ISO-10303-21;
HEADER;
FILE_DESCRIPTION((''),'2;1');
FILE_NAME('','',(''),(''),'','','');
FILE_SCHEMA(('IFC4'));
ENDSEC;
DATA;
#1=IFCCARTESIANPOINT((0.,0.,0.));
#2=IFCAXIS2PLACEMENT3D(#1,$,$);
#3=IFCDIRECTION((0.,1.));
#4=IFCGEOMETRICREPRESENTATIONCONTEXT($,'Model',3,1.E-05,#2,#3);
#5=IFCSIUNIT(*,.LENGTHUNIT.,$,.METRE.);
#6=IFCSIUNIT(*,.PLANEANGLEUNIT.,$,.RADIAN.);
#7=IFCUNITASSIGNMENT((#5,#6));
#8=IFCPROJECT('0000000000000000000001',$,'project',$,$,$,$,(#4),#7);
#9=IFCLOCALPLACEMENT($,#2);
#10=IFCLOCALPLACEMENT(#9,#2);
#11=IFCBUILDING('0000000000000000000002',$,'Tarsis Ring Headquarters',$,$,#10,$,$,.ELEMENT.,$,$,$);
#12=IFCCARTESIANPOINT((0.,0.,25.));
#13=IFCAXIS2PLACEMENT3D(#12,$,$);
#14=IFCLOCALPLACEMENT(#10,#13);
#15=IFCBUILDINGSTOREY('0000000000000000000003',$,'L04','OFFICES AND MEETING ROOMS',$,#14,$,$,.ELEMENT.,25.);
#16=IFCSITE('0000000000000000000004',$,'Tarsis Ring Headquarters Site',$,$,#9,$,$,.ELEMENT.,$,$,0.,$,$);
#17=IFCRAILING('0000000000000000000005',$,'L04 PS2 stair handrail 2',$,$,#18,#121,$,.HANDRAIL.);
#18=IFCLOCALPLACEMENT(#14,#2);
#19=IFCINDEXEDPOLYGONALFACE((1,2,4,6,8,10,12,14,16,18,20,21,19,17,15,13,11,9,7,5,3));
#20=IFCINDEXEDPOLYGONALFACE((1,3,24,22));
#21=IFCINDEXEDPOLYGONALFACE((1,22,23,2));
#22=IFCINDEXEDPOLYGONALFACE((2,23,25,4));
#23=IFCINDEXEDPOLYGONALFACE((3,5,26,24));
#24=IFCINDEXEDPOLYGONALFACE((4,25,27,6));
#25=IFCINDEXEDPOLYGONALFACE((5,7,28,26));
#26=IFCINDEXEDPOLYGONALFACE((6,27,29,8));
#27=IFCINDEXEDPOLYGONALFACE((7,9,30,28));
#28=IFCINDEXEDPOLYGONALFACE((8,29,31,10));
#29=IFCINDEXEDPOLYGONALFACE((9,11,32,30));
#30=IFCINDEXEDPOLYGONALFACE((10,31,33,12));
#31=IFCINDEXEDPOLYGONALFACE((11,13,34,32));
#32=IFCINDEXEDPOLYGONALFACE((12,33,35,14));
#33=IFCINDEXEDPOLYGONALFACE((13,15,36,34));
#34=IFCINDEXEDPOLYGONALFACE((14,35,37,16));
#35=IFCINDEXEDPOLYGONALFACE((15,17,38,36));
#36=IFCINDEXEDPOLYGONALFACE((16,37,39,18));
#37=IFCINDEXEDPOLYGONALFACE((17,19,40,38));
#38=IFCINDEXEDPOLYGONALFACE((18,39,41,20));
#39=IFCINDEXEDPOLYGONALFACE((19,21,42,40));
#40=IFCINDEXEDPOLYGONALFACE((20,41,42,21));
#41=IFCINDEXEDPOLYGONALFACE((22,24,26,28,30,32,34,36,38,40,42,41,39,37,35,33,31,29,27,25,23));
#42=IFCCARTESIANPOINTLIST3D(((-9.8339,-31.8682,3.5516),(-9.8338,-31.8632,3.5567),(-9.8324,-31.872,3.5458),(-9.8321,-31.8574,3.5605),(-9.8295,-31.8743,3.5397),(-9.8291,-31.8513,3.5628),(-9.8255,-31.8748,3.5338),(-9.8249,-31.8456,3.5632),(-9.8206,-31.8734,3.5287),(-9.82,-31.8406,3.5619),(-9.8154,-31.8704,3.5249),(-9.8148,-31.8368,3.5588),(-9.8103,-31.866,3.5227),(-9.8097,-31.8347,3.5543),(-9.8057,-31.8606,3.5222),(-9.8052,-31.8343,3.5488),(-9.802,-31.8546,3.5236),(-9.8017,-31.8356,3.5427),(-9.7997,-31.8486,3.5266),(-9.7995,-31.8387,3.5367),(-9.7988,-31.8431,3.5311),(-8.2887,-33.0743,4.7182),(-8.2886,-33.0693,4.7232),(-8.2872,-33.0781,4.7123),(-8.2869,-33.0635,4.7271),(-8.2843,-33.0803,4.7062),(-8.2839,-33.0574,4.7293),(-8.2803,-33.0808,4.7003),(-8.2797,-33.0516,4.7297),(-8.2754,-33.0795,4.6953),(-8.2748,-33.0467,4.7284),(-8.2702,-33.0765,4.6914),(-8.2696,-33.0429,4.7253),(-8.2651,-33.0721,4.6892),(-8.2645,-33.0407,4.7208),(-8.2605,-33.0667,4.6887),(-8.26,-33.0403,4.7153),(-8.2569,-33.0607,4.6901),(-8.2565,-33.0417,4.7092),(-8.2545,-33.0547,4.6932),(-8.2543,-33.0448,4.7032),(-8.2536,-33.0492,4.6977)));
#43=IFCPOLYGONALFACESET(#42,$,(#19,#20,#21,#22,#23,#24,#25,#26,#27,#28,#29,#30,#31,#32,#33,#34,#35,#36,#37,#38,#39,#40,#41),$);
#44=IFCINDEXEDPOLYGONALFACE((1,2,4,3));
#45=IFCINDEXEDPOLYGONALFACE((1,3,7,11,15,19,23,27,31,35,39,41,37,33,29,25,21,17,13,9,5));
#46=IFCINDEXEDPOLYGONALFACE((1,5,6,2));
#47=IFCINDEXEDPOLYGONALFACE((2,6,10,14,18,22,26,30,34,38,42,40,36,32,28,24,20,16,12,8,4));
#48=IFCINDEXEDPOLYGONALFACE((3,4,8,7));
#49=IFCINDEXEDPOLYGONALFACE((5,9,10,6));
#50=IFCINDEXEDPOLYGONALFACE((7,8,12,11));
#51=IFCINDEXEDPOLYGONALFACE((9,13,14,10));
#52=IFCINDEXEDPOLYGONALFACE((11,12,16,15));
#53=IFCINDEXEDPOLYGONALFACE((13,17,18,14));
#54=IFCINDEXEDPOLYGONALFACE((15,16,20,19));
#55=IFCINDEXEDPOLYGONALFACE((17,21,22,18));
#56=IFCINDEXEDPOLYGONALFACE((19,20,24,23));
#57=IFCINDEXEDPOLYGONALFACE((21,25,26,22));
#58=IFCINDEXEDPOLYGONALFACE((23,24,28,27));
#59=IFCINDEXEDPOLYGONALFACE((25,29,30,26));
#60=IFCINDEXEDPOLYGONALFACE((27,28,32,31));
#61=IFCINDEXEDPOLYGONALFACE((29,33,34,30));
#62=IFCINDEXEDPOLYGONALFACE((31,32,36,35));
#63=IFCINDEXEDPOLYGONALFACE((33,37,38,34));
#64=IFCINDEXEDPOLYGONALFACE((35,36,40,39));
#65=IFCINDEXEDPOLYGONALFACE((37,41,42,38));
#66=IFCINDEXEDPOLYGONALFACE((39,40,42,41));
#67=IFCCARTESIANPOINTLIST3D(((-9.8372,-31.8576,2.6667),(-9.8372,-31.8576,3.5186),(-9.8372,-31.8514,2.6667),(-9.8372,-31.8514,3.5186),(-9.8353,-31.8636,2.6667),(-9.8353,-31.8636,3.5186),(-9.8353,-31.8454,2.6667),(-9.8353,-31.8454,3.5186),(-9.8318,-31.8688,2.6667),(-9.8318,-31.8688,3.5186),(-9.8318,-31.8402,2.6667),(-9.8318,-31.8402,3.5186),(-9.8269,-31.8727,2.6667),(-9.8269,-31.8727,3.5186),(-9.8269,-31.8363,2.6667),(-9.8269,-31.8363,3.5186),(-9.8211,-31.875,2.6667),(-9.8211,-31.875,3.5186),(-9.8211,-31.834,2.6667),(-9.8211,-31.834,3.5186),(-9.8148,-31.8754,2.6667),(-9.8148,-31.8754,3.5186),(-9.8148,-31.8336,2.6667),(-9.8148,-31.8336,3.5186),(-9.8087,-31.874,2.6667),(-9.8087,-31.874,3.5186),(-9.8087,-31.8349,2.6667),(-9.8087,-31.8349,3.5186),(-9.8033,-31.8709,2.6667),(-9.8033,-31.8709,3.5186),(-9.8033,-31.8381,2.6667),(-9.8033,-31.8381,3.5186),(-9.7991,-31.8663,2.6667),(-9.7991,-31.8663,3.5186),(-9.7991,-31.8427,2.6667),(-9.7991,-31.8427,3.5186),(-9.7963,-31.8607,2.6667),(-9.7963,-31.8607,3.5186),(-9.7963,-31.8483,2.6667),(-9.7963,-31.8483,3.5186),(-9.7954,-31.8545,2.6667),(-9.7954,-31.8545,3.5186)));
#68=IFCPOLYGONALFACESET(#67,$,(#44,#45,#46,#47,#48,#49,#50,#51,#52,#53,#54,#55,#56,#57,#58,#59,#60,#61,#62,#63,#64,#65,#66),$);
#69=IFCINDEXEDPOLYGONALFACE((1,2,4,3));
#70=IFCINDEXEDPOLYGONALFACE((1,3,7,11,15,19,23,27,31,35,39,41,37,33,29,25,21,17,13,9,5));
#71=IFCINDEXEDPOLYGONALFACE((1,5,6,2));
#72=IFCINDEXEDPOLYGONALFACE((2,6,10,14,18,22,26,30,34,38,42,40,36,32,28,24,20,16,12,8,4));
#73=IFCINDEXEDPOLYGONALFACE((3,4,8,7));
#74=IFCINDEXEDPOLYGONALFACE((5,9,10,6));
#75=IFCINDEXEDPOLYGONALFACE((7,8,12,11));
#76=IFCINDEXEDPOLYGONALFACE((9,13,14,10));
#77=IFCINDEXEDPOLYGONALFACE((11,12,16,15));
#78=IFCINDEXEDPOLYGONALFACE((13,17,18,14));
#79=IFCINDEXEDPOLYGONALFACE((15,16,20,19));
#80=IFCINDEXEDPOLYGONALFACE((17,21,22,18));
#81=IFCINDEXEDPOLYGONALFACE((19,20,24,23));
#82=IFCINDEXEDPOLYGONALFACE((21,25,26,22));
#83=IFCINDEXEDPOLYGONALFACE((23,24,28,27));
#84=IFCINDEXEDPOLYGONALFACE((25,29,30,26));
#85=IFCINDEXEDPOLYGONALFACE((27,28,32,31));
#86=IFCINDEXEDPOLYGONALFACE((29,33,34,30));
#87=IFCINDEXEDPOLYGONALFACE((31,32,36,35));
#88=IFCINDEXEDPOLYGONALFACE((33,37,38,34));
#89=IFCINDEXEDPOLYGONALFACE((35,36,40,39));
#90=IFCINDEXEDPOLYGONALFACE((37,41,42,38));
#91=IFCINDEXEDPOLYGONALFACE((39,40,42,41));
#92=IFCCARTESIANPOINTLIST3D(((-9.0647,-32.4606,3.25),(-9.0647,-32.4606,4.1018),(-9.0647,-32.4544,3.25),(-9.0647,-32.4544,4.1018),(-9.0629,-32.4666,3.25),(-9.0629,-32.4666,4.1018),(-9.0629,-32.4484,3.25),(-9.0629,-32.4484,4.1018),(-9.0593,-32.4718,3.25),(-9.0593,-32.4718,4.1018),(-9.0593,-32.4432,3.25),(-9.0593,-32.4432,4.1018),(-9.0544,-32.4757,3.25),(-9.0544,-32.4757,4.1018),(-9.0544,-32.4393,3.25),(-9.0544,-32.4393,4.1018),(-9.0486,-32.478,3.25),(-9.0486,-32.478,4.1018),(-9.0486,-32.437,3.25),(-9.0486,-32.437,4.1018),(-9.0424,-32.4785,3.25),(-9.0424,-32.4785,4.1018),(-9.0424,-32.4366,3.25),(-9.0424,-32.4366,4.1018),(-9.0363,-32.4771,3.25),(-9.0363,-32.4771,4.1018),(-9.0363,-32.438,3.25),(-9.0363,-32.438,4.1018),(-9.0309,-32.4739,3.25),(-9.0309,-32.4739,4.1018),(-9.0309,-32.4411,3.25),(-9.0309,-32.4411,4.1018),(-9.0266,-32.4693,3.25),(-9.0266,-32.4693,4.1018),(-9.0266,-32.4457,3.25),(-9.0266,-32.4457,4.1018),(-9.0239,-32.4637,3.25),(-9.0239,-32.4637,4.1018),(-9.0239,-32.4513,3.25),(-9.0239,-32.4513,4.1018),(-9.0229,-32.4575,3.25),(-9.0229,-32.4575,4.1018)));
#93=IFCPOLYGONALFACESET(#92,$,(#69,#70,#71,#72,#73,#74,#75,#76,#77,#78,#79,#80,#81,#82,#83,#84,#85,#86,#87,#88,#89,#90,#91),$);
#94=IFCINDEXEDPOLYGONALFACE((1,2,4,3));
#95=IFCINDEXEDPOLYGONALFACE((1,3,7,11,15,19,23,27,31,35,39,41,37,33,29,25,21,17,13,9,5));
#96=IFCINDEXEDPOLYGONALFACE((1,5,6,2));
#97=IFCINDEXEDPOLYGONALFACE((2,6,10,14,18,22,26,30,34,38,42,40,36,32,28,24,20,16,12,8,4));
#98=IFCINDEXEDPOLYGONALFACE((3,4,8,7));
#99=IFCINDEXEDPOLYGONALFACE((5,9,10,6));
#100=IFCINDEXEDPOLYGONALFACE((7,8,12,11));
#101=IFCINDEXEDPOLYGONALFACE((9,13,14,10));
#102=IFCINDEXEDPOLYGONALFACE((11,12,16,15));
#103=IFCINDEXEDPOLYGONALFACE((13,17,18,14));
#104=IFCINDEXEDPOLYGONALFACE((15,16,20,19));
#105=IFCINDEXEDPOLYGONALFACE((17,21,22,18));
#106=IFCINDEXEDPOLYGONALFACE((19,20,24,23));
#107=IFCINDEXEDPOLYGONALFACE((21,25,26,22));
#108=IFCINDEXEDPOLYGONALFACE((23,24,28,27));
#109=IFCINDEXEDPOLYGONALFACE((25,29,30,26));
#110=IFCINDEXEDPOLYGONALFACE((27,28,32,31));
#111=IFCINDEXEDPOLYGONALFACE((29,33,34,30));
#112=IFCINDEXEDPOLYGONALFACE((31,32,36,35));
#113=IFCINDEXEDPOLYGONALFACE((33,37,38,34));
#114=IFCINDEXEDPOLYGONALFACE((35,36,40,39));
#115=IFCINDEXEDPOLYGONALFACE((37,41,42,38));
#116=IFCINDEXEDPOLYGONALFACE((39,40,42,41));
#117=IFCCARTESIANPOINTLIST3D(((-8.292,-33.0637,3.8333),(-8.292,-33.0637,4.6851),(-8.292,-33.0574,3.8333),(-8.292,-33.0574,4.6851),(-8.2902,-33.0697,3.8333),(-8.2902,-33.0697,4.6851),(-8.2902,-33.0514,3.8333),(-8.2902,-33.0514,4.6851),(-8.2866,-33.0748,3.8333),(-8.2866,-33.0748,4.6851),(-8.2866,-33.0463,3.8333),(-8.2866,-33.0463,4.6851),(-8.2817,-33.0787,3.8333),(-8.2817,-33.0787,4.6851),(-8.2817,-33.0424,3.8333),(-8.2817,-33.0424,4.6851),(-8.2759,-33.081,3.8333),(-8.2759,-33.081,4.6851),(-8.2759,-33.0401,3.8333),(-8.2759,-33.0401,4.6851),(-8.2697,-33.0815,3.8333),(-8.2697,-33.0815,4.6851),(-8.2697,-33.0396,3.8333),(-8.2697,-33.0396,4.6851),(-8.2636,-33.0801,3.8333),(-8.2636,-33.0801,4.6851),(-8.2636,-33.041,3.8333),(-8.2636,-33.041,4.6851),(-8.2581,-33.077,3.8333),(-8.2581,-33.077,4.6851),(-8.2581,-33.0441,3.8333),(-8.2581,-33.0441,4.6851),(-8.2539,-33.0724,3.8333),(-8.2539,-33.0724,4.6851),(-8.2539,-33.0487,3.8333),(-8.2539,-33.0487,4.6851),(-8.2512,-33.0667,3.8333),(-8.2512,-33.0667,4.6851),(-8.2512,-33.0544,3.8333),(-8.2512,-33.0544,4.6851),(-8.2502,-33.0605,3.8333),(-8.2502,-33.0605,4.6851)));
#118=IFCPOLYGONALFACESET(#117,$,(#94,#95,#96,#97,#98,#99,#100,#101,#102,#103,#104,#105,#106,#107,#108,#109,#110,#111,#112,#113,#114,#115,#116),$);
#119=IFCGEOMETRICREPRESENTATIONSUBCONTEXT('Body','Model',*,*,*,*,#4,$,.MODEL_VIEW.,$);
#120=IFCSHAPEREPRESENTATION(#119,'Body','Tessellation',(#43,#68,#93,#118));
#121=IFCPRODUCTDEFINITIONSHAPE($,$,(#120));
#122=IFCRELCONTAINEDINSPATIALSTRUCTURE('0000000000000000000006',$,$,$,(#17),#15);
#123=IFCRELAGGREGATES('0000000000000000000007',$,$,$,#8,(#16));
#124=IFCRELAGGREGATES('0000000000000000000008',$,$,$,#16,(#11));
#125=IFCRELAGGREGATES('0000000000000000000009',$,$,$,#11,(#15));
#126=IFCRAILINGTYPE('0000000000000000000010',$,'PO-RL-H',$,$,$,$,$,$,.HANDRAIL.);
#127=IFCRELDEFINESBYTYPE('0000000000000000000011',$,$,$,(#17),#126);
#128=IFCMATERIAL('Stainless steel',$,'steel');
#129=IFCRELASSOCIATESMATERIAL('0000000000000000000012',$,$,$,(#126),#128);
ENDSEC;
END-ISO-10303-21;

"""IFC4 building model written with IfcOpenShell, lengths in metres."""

from ifc_helpers import new_model, si_unit, direction, frame, origin, origin_2d, place, context, subcontext, project, spatial, circle, extrude, material, type_object, element, save


model = new_model("IFC4")

# Units and contexts
model_context = context("Model", 3, precision=1e-05, world=origin(), true_north=direction((0.0, 1.0)))
body_context = subcontext(model_context, "Body", "Model", "MODEL_VIEW")
ifc_project = project(units=[si_unit("LENGTHUNIT", "METRE"), si_unit("PLANEANGLEUNIT", "RADIAN")], contexts=[model_context])

# Site, building, storey
site_placement = place(None, origin())
site = spatial("IfcSite", under=ifc_project, at=site_placement, Name="Tarsis Ring Headquarters Site", CompositionType="ELEMENT", RefElevation=0.0)
building_placement = place(site_placement, origin())
building = spatial("IfcBuilding", under=site, at=building_placement, Name="Tarsis Ring Headquarters", CompositionType="ELEMENT")
storey_placement = place(building_placement, frame((0.0, 0.0, 25.0)))
storey = spatial("IfcBuildingStorey", under=building, at=storey_placement, Name="L04", Description="OFFICES AND MEETING ROOMS", CompositionType="ELEMENT", Elevation=25.0)

# Railing
ifc_material_1 = material(Name="Stainless steel", Category="steel")
railing_type_1 = type_object("IfcRailingType", Name="PO-RL-H", PredefinedType="HANDRAIL", material=ifc_material_1)
railing_1_placement = place(storey_placement, frame((-9.8164, -31.8545, 2.6667)))
element("IfcRailing", 1, at=railing_1_placement, inside=storey, type_object=railing_type_1, Name="L04 PS2 stair handrail 2", PredefinedType="HANDRAIL", context=body_context, shape_type="SweptSolid", body=[
    extrude(circle(Radius=0.0239, at=origin_2d()), frame((0.0, 0.0, 0.876), z_axis=(0.677415, -0.528746, 0.511406), x_axis=(0.615294, 0.788298, 0.0)), (0.0, 0.0, 1.0), 2.281),
    extrude(circle(Radius=0.021, at=origin_2d()), origin(), (0.0, 0.0, 1.0), 0.8518),
    extrude(circle(Radius=0.021, at=origin_2d()), frame((0.7725, -0.603, 0.5833)), (0.0, 0.0, 1.0), 0.8518),
    extrude(circle(Radius=0.021, at=origin_2d()), frame((1.5452, -1.2061, 1.1665)), (0.0, 0.0, 1.0), 0.8518),
])

save(model, "model.ifc")
